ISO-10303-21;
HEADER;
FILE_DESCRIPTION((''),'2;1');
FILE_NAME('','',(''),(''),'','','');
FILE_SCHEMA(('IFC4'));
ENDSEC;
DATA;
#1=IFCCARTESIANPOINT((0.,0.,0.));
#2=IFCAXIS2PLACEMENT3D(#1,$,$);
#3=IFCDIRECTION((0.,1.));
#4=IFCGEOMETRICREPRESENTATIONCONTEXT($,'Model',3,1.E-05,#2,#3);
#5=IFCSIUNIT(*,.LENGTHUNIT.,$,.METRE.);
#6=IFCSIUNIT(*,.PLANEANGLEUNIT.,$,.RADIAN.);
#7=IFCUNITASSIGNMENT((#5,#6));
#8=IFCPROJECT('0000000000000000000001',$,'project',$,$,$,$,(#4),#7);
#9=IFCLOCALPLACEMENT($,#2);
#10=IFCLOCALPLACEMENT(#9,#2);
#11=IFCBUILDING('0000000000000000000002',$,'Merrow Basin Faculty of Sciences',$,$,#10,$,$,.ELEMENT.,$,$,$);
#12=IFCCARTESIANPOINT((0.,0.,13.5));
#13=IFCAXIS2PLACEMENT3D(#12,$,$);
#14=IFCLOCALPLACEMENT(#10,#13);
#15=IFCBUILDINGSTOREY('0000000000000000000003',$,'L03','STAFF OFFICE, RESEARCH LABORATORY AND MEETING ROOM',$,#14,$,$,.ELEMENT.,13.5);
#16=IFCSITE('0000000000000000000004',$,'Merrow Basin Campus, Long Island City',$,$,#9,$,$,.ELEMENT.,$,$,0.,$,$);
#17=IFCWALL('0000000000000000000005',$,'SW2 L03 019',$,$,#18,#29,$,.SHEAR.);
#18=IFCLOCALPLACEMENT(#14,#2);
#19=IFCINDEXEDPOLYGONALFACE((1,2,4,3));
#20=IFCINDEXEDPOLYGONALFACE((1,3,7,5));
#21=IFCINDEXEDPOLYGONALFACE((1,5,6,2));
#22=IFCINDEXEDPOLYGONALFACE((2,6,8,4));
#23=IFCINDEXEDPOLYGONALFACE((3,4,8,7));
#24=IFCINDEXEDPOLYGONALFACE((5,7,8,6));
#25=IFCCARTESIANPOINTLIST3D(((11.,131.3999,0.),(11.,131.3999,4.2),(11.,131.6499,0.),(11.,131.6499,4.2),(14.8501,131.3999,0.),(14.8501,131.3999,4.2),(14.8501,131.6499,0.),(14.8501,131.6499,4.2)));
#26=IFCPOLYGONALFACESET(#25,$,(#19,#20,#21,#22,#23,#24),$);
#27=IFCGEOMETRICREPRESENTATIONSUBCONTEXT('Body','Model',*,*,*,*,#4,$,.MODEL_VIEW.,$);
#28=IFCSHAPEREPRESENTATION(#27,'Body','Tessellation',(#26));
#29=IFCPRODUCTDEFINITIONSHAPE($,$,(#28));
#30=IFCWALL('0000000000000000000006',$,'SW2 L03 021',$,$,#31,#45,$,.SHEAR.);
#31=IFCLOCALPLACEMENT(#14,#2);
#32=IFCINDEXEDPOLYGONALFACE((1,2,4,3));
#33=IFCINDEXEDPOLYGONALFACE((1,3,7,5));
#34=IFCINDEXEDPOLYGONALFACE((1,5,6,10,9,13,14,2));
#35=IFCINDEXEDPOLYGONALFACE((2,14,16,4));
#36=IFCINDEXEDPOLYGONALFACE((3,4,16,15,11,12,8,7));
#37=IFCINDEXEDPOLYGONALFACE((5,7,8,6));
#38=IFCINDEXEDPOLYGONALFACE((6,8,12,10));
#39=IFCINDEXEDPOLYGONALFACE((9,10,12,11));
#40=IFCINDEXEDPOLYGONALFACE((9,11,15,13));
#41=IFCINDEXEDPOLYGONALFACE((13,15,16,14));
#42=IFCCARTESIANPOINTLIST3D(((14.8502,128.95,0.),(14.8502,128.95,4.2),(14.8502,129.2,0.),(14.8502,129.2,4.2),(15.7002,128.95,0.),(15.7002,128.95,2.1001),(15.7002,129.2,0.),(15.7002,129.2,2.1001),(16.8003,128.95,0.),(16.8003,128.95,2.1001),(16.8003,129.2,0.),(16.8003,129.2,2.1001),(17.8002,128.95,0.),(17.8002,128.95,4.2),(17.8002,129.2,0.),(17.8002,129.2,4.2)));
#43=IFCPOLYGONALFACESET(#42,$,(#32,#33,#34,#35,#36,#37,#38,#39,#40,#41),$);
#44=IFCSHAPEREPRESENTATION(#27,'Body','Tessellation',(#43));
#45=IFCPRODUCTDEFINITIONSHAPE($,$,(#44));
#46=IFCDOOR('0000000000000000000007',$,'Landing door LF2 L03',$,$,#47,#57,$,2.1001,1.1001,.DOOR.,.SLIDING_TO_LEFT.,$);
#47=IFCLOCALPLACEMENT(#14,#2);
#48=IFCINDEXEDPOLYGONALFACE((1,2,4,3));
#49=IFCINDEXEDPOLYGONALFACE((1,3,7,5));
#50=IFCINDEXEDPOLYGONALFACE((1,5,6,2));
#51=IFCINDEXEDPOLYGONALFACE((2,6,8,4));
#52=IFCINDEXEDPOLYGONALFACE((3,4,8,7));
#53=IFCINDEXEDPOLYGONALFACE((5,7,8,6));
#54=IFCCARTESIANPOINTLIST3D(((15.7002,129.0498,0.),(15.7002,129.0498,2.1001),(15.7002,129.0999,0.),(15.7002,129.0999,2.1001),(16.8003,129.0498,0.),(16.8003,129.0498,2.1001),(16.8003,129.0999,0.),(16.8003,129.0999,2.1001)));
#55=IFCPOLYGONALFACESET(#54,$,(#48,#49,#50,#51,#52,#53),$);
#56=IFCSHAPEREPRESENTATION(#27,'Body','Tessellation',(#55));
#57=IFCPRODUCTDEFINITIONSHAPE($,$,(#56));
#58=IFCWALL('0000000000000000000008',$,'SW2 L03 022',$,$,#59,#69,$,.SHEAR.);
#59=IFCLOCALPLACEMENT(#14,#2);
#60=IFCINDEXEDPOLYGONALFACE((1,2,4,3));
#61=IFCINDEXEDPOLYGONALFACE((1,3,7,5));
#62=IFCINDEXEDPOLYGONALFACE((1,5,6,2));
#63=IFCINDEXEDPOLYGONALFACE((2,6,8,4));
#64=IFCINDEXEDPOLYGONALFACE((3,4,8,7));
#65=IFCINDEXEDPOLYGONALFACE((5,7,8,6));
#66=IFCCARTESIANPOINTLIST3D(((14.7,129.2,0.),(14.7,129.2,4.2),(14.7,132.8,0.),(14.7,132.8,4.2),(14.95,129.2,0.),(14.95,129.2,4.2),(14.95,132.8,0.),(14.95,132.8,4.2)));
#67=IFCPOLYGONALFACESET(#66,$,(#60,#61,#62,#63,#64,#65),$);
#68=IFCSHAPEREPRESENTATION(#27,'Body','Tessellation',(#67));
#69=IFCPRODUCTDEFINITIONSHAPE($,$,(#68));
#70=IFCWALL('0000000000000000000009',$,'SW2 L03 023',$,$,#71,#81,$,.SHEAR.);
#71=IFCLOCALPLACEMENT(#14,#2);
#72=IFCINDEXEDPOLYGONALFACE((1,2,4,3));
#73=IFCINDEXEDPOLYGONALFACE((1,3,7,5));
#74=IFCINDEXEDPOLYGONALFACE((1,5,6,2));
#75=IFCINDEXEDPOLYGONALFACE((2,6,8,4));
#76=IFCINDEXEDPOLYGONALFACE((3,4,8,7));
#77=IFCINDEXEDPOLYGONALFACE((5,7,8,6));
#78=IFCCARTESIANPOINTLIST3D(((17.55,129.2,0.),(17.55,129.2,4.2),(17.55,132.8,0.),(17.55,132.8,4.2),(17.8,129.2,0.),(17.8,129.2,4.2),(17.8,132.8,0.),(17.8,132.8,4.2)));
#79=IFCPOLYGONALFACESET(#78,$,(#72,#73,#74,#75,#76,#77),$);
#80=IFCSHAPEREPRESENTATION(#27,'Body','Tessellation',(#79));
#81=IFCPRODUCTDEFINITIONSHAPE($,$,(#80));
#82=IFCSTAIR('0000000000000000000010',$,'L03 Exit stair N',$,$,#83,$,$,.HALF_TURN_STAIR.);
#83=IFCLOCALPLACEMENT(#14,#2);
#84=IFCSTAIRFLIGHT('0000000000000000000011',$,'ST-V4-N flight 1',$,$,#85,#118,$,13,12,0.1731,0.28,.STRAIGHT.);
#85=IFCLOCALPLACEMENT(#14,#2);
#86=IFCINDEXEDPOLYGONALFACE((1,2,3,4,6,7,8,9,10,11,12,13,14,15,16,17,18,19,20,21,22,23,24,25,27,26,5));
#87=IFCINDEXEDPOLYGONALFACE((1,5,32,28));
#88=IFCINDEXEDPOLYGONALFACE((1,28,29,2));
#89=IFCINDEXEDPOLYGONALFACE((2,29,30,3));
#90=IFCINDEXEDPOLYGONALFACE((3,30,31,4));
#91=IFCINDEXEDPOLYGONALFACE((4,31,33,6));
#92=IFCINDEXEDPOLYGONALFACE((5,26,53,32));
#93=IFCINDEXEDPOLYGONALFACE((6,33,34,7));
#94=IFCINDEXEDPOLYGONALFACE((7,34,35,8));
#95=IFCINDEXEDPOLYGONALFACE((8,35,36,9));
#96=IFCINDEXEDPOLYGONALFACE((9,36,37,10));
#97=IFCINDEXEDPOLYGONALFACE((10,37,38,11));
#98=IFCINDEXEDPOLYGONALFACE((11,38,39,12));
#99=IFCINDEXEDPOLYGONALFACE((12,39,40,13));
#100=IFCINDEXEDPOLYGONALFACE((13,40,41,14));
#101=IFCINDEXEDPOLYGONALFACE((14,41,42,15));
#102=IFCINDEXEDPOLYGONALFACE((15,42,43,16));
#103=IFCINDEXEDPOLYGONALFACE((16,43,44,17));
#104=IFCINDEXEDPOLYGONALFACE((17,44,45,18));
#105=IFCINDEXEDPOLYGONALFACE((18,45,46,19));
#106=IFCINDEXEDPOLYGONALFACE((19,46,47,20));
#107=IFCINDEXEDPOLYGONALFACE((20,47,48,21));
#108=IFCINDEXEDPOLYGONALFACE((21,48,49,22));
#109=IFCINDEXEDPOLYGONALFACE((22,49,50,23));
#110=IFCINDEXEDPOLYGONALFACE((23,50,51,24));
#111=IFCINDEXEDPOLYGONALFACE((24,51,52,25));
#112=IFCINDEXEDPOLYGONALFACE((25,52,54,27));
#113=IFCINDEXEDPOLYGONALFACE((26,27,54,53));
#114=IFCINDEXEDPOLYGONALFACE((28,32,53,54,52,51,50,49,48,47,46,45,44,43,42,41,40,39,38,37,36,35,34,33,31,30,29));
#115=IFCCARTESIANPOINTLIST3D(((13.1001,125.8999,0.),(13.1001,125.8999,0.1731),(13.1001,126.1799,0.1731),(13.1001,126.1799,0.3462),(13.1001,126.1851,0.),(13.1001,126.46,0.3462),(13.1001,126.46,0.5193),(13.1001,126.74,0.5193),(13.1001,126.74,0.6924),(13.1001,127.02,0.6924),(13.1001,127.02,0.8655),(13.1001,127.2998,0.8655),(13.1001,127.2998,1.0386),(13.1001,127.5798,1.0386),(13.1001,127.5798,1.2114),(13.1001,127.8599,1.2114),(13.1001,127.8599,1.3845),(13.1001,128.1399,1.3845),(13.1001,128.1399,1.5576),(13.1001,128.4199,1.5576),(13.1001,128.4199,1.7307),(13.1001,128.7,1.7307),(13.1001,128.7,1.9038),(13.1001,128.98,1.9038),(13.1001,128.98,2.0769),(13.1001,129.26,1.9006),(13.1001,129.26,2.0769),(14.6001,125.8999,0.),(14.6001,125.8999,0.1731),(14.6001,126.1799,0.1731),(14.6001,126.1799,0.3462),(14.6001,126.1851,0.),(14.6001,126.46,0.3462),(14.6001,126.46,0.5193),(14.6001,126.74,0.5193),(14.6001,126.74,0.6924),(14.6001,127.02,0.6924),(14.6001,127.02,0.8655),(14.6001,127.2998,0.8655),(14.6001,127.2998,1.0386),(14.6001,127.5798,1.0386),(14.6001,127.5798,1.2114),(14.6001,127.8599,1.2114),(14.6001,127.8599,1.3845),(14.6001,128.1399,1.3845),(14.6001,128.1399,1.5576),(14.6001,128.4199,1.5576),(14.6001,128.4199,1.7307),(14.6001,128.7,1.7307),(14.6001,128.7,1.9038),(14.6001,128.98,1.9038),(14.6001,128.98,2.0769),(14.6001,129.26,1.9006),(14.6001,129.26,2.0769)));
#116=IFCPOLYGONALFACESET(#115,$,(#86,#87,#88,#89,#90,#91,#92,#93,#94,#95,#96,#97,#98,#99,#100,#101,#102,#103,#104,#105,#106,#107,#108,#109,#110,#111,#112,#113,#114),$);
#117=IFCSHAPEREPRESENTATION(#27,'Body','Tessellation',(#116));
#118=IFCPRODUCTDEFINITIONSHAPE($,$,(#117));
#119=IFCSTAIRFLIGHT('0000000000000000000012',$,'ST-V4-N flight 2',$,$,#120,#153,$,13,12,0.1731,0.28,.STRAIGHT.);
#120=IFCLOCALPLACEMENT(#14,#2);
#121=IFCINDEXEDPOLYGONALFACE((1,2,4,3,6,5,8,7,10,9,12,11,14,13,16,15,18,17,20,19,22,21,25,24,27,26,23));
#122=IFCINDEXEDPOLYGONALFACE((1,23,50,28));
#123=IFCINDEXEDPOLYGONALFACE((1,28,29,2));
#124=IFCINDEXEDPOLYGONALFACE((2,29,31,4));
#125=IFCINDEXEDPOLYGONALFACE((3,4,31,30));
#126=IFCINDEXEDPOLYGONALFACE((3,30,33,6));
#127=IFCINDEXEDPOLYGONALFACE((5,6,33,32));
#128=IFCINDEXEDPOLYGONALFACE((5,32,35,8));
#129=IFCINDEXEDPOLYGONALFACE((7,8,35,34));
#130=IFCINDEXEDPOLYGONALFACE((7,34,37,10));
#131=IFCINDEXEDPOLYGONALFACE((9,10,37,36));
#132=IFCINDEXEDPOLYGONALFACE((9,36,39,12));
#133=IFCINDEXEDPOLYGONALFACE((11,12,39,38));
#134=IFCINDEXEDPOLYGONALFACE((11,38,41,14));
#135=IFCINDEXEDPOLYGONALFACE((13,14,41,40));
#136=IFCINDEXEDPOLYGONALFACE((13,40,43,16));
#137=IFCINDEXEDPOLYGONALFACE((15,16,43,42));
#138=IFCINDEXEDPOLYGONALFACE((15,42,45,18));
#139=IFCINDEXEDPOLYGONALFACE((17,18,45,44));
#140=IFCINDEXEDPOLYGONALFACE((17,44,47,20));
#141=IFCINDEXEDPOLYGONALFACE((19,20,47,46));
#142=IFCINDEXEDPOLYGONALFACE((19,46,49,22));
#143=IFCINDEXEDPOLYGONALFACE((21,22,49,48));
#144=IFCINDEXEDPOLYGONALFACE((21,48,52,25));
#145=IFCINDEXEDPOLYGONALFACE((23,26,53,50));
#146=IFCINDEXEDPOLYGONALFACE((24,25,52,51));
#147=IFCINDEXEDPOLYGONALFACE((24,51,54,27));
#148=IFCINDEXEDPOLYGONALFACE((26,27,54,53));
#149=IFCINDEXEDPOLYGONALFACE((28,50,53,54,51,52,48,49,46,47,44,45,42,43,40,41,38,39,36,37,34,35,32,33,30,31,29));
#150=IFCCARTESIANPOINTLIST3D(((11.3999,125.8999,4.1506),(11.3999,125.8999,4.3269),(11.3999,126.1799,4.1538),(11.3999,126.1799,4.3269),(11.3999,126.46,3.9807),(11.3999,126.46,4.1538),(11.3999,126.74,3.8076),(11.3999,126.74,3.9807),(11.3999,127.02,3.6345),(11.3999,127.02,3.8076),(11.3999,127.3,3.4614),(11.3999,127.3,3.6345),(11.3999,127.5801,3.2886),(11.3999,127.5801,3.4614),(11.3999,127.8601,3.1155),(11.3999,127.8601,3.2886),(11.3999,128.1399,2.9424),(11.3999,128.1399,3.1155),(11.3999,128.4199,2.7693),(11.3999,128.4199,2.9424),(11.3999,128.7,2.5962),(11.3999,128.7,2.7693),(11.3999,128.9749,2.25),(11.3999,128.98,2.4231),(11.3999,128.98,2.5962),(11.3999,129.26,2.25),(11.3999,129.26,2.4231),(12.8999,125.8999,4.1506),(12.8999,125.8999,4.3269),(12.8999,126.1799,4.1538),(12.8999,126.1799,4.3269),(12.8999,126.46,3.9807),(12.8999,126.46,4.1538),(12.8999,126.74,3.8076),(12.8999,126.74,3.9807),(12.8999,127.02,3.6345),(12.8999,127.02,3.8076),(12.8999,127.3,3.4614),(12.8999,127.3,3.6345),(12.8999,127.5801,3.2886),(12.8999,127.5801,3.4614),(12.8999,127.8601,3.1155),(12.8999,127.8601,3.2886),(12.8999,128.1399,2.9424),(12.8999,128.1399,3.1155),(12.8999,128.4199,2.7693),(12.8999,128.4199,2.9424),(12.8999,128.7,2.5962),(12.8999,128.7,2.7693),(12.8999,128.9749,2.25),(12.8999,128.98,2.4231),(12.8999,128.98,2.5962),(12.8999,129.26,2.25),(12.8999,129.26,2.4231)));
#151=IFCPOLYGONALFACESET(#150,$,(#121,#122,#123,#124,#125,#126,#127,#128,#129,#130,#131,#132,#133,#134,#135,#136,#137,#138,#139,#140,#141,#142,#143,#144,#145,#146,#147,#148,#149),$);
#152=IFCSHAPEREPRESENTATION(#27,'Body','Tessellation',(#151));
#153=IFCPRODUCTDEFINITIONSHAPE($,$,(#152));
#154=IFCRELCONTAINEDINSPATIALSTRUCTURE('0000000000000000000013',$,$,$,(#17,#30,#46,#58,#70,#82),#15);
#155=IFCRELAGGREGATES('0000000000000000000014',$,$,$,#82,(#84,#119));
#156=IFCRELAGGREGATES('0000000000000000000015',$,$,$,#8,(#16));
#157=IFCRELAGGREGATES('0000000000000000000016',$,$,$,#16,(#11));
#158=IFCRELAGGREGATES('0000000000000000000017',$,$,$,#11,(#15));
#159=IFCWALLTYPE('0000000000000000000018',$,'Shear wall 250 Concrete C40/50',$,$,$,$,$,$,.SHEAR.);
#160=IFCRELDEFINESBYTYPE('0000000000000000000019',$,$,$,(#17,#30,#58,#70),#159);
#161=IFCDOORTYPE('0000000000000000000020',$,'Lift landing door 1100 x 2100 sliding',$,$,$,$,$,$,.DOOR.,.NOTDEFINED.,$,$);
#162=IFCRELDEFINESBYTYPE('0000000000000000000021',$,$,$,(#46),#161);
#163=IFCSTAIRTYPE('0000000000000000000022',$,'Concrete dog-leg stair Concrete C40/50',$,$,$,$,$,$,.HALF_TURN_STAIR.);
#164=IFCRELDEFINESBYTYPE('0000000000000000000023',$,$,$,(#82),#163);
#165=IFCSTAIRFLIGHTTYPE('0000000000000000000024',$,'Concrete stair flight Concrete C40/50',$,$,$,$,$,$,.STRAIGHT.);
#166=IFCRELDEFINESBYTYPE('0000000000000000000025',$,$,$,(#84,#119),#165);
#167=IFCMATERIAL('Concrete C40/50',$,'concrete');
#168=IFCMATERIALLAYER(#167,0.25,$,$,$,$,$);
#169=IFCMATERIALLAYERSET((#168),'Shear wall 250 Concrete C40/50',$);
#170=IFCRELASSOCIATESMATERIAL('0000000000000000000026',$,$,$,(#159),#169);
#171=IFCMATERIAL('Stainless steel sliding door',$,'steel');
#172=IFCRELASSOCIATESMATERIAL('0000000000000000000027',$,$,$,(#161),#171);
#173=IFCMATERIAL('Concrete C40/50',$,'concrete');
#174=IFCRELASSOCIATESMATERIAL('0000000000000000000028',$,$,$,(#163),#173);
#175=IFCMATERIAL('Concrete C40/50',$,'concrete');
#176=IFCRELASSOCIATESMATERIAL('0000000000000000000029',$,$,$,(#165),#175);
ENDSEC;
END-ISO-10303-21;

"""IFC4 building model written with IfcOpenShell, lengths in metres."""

from ifc_helpers import new_model, si_unit, direction, frame, frame_2d, origin, place, context, subcontext, project, spatial, polyline, rectangle, outline, extrude, material, layer, layer_set, type_object, element, fill, aggregate, save


model = new_model("IFC4")

# Units and contexts
model_context = context("Model", 3, precision=1e-05, world=origin(), true_north=direction((0.0, 1.0)))
body_context = subcontext(model_context, "Body", "Model", "MODEL_VIEW")
ifc_project = project(units=[si_unit("LENGTHUNIT", "METRE"), si_unit("PLANEANGLEUNIT", "RADIAN")], contexts=[model_context])

# Site, building, storey
site_placement = place(None, origin())
site = spatial("IfcSite", under=ifc_project, at=site_placement, Name="Merrow Basin Campus, Long Island City", CompositionType="ELEMENT", RefElevation=0.0)
building_placement = place(site_placement, origin())
building = spatial("IfcBuilding", under=site, at=building_placement, Name="Merrow Basin Faculty of Sciences", CompositionType="ELEMENT")
storey_placement = place(building_placement, frame((0.0, 0.0, 13.5)))
storey = spatial("IfcBuildingStorey", under=building, at=storey_placement, Name="L03", Description="STAFF OFFICE, RESEARCH LABORATORY AND MEETING ROOM", CompositionType="ELEMENT", Elevation=13.5)

# Wall
ifc_material_1 = material(Name="Concrete C40/50", Category="concrete")
ifc_layer_1 = layer(ifc_material_1, 0.25)
ifc_layer_set_1 = layer_set([ifc_layer_1], Name="Shear wall 250 Concrete C40/50")
wall_type_1 = type_object("IfcWallType", Name="Shear wall 250 Concrete C40/50", PredefinedType="SHEAR", material=ifc_layer_set_1)
wall_1_placement = place(storey_placement, frame((11.0, 131.5249, 0.0), z_axis=(0.0, 0.0, 1.0), x_axis=(1.0, 0.0, 0.0)))
element("IfcWall", 1, at=wall_1_placement, inside=storey, type_object=wall_type_1, Name="SW2 L03 019", PredefinedType="SHEAR", context=body_context, shape_type="SweptSolid", body=[
    extrude(rectangle(XDim=3.8501, YDim=0.25, at=frame_2d((1.925, 0.0))), origin(), (0.0, 0.0, 1.0), 4.2),
])

# Wall, opening, door
wall_2_placement = place(storey_placement, frame((14.8501, 129.075, 0.0), z_axis=(0.0, 0.0, 1.0), x_axis=(1.0, 0.0, 0.0)))
wall_2 = element("IfcWall", 2, at=wall_2_placement, inside=storey, type_object=wall_type_1, Name="SW2 L03 021", PredefinedType="SHEAR", context=body_context, shape_type="SweptSolid", body=[
    extrude(rectangle(XDim=2.95, YDim=0.25, at=frame_2d((1.4751, 0.0))), origin(), (0.0, 0.0, 1.0), 4.2),
])
opening_1_placement = place(wall_2_placement, frame((0.8501, 0.0, 0.0)))
opening_1 = element("IfcOpeningElement", 3, at=opening_1_placement, cuts=wall_2, PredefinedType="OPENING", context=body_context, shape_type="SweptSolid", body=[
    extrude(rectangle(XDim=1.1001, YDim=2.1001, at=frame_2d((0.55, 1.05))), frame((0.0, 0.135, 0.0), z_axis=(0.0, -1.0, 0.0), x_axis=(1.0, 0.0, 0.0)), (0.0, 0.0, 1.0), 0.27),
])
ifc_material_2 = material(Name="Stainless steel sliding door", Category="steel")
door_type_1 = type_object("IfcDoorType", Name="Lift landing door 1100 x 2100 sliding", OperationType="NOTDEFINED", PredefinedType="DOOR", material=ifc_material_2)
door_1_placement = place(opening_1_placement, origin())
door_1 = element("IfcDoor", 4, at=door_1_placement, inside=storey, type_object=door_type_1, Name="Landing door LF2 L03", OperationType="SLIDING_TO_LEFT", OverallHeight=2.1001, OverallWidth=1.1001, PredefinedType="DOOR", context=body_context, shape_type="SweptSolid", body=[
    extrude(rectangle(XDim=1.1001, YDim=2.1001, at=frame_2d((0.55, 1.05))), frame((0.0, 0.0249, 0.0), z_axis=(0.0, -1.0, 0.0), x_axis=(1.0, 0.0, 0.0)), (0.0, 0.0, 1.0), 0.05),
])
fill(opening_1, door_1)

# Walls
for number, where, z_axis, x_axis, name in (
    (5, (14.825, 129.2, 0.0), (0.0, 0.0, 1.0), (0.0, 1.0, 0.0), "SW2 L03 022"),
    (6, (17.675, 129.2, 0.0), (0.0, 0.0, 1.0), (0.0, 1.0, 0.0), "SW2 L03 023"),
):
    element("IfcWall", number, at=place(storey_placement, frame(where, z_axis=z_axis, x_axis=x_axis)), inside=storey, type_object=wall_type_1, Name=name, PredefinedType="SHEAR", context=body_context, shape_type="SweptSolid", body=[
        extrude(rectangle(XDim=3.6001, YDim=0.25, at=frame_2d((1.8, 0.0))), origin(), (0.0, 0.0, 1.0), 4.2),
    ])

# Stair, stair flights
ifc_material_3 = material(Name="Concrete C40/50", Category="concrete")
stair_type = type_object("IfcStairType", Name="Concrete dog-leg stair Concrete C40/50", PredefinedType="HALF_TURN_STAIR", material=ifc_material_3)
stair_placement = place(storey_placement, origin())
stair = element("IfcStair", 7, at=stair_placement, inside=storey, type_object=stair_type, Name="L03 Exit stair N", PredefinedType="HALF_TURN_STAIR")
ifc_material_4 = material(Name="Concrete C40/50", Category="concrete")
stair_flight_type = type_object("IfcStairFlightType", Name="Concrete stair flight Concrete C40/50", PredefinedType="STRAIGHT", material=ifc_material_4)
stair_flight_1_placement = place(storey_placement, frame((13.8501, 125.8999, 0.0), z_axis=(0.0, 0.0, 1.0), x_axis=(0.0, 1.0, 0.0)))
stair_flight_1 = element("IfcStairFlight", 8, at=stair_flight_1_placement, type_object=stair_flight_type, Name="ST-V4-N flight 1", NumberOfRisers=13, NumberOfTreads=12, PredefinedType="STRAIGHT", RiserHeight=0.1731, TreadLength=0.28, context=body_context, shape_type="SweptSolid", body=[
    extrude(outline(polyline([(0.0, 0.0), (0.0, 0.1731), (0.28, 0.1731), (0.28, 0.3462), (0.5601, 0.3462), (0.5601, 0.5193), (0.8401, 0.5193), (0.8401, 0.6924), (1.1201, 0.6924), (1.1201, 0.8655), (1.3999, 0.8655), (1.3999, 1.0386), (1.6799, 1.0386), (1.6799, 1.2114), (1.96, 1.2114), (1.96, 1.3845), (2.24, 1.3845), (2.24, 1.5576), (2.52, 1.5576), (2.52, 1.7307), (2.8, 1.7307), (2.8, 1.9038), (3.0801, 1.9038), (3.0801, 2.0769), (3.3601, 2.0769), (3.3601, 2.25), (3.3601, 1.9006), (0.2852, 0.0), (0.0, 0.0)])), frame((0.0, 0.75, 0.0), z_axis=(0.0, -1.0, 0.0), x_axis=(1.0, 0.0, 0.0)), (0.0, 0.0, 1.0), 1.5),
])
stair_flight_2_placement = place(storey_placement, frame((12.1499, 129.26, 2.25), z_axis=(0.0, 0.0, 1.0), x_axis=(0.0, -1.0, 0.0)))
stair_flight_2 = element("IfcStairFlight", 9, at=stair_flight_2_placement, type_object=stair_flight_type, Name="ST-V4-N flight 2", NumberOfRisers=13, NumberOfTreads=12, PredefinedType="STRAIGHT", RiserHeight=0.1731, TreadLength=0.28, context=body_context, shape_type="SweptSolid", body=[
    extrude(outline(polyline([(0.0, 0.0), (0.0, 0.1731), (0.28, 0.1731), (0.28, 0.3462), (0.5601, 0.3462), (0.5601, 0.5193), (0.8401, 0.5193), (0.8401, 0.6924), (1.1201, 0.6924), (1.1201, 0.8655), (1.3999, 0.8655), (1.3999, 1.0386), (1.6799, 1.0386), (1.6799, 1.2114), (1.96, 1.2114), (1.96, 1.3845), (2.24, 1.3845), (2.24, 1.5576), (2.52, 1.5576), (2.52, 1.7307), (2.8, 1.7307), (2.8, 1.9038), (3.0801, 1.9038), (3.0801, 2.0769), (3.3601, 2.0769), (3.3601, 2.25), (3.3601, 1.9006), (0.2852, 0.0), (0.0, 0.0)])), frame((0.0, 0.75, 0.0), z_axis=(0.0, -1.0, 0.0), x_axis=(1.0, 0.0, 0.0)), (0.0, 0.0, 1.0), 1.5),
])
aggregate(stair, [stair_flight_1, stair_flight_2])

save(model, "model.ifc")
